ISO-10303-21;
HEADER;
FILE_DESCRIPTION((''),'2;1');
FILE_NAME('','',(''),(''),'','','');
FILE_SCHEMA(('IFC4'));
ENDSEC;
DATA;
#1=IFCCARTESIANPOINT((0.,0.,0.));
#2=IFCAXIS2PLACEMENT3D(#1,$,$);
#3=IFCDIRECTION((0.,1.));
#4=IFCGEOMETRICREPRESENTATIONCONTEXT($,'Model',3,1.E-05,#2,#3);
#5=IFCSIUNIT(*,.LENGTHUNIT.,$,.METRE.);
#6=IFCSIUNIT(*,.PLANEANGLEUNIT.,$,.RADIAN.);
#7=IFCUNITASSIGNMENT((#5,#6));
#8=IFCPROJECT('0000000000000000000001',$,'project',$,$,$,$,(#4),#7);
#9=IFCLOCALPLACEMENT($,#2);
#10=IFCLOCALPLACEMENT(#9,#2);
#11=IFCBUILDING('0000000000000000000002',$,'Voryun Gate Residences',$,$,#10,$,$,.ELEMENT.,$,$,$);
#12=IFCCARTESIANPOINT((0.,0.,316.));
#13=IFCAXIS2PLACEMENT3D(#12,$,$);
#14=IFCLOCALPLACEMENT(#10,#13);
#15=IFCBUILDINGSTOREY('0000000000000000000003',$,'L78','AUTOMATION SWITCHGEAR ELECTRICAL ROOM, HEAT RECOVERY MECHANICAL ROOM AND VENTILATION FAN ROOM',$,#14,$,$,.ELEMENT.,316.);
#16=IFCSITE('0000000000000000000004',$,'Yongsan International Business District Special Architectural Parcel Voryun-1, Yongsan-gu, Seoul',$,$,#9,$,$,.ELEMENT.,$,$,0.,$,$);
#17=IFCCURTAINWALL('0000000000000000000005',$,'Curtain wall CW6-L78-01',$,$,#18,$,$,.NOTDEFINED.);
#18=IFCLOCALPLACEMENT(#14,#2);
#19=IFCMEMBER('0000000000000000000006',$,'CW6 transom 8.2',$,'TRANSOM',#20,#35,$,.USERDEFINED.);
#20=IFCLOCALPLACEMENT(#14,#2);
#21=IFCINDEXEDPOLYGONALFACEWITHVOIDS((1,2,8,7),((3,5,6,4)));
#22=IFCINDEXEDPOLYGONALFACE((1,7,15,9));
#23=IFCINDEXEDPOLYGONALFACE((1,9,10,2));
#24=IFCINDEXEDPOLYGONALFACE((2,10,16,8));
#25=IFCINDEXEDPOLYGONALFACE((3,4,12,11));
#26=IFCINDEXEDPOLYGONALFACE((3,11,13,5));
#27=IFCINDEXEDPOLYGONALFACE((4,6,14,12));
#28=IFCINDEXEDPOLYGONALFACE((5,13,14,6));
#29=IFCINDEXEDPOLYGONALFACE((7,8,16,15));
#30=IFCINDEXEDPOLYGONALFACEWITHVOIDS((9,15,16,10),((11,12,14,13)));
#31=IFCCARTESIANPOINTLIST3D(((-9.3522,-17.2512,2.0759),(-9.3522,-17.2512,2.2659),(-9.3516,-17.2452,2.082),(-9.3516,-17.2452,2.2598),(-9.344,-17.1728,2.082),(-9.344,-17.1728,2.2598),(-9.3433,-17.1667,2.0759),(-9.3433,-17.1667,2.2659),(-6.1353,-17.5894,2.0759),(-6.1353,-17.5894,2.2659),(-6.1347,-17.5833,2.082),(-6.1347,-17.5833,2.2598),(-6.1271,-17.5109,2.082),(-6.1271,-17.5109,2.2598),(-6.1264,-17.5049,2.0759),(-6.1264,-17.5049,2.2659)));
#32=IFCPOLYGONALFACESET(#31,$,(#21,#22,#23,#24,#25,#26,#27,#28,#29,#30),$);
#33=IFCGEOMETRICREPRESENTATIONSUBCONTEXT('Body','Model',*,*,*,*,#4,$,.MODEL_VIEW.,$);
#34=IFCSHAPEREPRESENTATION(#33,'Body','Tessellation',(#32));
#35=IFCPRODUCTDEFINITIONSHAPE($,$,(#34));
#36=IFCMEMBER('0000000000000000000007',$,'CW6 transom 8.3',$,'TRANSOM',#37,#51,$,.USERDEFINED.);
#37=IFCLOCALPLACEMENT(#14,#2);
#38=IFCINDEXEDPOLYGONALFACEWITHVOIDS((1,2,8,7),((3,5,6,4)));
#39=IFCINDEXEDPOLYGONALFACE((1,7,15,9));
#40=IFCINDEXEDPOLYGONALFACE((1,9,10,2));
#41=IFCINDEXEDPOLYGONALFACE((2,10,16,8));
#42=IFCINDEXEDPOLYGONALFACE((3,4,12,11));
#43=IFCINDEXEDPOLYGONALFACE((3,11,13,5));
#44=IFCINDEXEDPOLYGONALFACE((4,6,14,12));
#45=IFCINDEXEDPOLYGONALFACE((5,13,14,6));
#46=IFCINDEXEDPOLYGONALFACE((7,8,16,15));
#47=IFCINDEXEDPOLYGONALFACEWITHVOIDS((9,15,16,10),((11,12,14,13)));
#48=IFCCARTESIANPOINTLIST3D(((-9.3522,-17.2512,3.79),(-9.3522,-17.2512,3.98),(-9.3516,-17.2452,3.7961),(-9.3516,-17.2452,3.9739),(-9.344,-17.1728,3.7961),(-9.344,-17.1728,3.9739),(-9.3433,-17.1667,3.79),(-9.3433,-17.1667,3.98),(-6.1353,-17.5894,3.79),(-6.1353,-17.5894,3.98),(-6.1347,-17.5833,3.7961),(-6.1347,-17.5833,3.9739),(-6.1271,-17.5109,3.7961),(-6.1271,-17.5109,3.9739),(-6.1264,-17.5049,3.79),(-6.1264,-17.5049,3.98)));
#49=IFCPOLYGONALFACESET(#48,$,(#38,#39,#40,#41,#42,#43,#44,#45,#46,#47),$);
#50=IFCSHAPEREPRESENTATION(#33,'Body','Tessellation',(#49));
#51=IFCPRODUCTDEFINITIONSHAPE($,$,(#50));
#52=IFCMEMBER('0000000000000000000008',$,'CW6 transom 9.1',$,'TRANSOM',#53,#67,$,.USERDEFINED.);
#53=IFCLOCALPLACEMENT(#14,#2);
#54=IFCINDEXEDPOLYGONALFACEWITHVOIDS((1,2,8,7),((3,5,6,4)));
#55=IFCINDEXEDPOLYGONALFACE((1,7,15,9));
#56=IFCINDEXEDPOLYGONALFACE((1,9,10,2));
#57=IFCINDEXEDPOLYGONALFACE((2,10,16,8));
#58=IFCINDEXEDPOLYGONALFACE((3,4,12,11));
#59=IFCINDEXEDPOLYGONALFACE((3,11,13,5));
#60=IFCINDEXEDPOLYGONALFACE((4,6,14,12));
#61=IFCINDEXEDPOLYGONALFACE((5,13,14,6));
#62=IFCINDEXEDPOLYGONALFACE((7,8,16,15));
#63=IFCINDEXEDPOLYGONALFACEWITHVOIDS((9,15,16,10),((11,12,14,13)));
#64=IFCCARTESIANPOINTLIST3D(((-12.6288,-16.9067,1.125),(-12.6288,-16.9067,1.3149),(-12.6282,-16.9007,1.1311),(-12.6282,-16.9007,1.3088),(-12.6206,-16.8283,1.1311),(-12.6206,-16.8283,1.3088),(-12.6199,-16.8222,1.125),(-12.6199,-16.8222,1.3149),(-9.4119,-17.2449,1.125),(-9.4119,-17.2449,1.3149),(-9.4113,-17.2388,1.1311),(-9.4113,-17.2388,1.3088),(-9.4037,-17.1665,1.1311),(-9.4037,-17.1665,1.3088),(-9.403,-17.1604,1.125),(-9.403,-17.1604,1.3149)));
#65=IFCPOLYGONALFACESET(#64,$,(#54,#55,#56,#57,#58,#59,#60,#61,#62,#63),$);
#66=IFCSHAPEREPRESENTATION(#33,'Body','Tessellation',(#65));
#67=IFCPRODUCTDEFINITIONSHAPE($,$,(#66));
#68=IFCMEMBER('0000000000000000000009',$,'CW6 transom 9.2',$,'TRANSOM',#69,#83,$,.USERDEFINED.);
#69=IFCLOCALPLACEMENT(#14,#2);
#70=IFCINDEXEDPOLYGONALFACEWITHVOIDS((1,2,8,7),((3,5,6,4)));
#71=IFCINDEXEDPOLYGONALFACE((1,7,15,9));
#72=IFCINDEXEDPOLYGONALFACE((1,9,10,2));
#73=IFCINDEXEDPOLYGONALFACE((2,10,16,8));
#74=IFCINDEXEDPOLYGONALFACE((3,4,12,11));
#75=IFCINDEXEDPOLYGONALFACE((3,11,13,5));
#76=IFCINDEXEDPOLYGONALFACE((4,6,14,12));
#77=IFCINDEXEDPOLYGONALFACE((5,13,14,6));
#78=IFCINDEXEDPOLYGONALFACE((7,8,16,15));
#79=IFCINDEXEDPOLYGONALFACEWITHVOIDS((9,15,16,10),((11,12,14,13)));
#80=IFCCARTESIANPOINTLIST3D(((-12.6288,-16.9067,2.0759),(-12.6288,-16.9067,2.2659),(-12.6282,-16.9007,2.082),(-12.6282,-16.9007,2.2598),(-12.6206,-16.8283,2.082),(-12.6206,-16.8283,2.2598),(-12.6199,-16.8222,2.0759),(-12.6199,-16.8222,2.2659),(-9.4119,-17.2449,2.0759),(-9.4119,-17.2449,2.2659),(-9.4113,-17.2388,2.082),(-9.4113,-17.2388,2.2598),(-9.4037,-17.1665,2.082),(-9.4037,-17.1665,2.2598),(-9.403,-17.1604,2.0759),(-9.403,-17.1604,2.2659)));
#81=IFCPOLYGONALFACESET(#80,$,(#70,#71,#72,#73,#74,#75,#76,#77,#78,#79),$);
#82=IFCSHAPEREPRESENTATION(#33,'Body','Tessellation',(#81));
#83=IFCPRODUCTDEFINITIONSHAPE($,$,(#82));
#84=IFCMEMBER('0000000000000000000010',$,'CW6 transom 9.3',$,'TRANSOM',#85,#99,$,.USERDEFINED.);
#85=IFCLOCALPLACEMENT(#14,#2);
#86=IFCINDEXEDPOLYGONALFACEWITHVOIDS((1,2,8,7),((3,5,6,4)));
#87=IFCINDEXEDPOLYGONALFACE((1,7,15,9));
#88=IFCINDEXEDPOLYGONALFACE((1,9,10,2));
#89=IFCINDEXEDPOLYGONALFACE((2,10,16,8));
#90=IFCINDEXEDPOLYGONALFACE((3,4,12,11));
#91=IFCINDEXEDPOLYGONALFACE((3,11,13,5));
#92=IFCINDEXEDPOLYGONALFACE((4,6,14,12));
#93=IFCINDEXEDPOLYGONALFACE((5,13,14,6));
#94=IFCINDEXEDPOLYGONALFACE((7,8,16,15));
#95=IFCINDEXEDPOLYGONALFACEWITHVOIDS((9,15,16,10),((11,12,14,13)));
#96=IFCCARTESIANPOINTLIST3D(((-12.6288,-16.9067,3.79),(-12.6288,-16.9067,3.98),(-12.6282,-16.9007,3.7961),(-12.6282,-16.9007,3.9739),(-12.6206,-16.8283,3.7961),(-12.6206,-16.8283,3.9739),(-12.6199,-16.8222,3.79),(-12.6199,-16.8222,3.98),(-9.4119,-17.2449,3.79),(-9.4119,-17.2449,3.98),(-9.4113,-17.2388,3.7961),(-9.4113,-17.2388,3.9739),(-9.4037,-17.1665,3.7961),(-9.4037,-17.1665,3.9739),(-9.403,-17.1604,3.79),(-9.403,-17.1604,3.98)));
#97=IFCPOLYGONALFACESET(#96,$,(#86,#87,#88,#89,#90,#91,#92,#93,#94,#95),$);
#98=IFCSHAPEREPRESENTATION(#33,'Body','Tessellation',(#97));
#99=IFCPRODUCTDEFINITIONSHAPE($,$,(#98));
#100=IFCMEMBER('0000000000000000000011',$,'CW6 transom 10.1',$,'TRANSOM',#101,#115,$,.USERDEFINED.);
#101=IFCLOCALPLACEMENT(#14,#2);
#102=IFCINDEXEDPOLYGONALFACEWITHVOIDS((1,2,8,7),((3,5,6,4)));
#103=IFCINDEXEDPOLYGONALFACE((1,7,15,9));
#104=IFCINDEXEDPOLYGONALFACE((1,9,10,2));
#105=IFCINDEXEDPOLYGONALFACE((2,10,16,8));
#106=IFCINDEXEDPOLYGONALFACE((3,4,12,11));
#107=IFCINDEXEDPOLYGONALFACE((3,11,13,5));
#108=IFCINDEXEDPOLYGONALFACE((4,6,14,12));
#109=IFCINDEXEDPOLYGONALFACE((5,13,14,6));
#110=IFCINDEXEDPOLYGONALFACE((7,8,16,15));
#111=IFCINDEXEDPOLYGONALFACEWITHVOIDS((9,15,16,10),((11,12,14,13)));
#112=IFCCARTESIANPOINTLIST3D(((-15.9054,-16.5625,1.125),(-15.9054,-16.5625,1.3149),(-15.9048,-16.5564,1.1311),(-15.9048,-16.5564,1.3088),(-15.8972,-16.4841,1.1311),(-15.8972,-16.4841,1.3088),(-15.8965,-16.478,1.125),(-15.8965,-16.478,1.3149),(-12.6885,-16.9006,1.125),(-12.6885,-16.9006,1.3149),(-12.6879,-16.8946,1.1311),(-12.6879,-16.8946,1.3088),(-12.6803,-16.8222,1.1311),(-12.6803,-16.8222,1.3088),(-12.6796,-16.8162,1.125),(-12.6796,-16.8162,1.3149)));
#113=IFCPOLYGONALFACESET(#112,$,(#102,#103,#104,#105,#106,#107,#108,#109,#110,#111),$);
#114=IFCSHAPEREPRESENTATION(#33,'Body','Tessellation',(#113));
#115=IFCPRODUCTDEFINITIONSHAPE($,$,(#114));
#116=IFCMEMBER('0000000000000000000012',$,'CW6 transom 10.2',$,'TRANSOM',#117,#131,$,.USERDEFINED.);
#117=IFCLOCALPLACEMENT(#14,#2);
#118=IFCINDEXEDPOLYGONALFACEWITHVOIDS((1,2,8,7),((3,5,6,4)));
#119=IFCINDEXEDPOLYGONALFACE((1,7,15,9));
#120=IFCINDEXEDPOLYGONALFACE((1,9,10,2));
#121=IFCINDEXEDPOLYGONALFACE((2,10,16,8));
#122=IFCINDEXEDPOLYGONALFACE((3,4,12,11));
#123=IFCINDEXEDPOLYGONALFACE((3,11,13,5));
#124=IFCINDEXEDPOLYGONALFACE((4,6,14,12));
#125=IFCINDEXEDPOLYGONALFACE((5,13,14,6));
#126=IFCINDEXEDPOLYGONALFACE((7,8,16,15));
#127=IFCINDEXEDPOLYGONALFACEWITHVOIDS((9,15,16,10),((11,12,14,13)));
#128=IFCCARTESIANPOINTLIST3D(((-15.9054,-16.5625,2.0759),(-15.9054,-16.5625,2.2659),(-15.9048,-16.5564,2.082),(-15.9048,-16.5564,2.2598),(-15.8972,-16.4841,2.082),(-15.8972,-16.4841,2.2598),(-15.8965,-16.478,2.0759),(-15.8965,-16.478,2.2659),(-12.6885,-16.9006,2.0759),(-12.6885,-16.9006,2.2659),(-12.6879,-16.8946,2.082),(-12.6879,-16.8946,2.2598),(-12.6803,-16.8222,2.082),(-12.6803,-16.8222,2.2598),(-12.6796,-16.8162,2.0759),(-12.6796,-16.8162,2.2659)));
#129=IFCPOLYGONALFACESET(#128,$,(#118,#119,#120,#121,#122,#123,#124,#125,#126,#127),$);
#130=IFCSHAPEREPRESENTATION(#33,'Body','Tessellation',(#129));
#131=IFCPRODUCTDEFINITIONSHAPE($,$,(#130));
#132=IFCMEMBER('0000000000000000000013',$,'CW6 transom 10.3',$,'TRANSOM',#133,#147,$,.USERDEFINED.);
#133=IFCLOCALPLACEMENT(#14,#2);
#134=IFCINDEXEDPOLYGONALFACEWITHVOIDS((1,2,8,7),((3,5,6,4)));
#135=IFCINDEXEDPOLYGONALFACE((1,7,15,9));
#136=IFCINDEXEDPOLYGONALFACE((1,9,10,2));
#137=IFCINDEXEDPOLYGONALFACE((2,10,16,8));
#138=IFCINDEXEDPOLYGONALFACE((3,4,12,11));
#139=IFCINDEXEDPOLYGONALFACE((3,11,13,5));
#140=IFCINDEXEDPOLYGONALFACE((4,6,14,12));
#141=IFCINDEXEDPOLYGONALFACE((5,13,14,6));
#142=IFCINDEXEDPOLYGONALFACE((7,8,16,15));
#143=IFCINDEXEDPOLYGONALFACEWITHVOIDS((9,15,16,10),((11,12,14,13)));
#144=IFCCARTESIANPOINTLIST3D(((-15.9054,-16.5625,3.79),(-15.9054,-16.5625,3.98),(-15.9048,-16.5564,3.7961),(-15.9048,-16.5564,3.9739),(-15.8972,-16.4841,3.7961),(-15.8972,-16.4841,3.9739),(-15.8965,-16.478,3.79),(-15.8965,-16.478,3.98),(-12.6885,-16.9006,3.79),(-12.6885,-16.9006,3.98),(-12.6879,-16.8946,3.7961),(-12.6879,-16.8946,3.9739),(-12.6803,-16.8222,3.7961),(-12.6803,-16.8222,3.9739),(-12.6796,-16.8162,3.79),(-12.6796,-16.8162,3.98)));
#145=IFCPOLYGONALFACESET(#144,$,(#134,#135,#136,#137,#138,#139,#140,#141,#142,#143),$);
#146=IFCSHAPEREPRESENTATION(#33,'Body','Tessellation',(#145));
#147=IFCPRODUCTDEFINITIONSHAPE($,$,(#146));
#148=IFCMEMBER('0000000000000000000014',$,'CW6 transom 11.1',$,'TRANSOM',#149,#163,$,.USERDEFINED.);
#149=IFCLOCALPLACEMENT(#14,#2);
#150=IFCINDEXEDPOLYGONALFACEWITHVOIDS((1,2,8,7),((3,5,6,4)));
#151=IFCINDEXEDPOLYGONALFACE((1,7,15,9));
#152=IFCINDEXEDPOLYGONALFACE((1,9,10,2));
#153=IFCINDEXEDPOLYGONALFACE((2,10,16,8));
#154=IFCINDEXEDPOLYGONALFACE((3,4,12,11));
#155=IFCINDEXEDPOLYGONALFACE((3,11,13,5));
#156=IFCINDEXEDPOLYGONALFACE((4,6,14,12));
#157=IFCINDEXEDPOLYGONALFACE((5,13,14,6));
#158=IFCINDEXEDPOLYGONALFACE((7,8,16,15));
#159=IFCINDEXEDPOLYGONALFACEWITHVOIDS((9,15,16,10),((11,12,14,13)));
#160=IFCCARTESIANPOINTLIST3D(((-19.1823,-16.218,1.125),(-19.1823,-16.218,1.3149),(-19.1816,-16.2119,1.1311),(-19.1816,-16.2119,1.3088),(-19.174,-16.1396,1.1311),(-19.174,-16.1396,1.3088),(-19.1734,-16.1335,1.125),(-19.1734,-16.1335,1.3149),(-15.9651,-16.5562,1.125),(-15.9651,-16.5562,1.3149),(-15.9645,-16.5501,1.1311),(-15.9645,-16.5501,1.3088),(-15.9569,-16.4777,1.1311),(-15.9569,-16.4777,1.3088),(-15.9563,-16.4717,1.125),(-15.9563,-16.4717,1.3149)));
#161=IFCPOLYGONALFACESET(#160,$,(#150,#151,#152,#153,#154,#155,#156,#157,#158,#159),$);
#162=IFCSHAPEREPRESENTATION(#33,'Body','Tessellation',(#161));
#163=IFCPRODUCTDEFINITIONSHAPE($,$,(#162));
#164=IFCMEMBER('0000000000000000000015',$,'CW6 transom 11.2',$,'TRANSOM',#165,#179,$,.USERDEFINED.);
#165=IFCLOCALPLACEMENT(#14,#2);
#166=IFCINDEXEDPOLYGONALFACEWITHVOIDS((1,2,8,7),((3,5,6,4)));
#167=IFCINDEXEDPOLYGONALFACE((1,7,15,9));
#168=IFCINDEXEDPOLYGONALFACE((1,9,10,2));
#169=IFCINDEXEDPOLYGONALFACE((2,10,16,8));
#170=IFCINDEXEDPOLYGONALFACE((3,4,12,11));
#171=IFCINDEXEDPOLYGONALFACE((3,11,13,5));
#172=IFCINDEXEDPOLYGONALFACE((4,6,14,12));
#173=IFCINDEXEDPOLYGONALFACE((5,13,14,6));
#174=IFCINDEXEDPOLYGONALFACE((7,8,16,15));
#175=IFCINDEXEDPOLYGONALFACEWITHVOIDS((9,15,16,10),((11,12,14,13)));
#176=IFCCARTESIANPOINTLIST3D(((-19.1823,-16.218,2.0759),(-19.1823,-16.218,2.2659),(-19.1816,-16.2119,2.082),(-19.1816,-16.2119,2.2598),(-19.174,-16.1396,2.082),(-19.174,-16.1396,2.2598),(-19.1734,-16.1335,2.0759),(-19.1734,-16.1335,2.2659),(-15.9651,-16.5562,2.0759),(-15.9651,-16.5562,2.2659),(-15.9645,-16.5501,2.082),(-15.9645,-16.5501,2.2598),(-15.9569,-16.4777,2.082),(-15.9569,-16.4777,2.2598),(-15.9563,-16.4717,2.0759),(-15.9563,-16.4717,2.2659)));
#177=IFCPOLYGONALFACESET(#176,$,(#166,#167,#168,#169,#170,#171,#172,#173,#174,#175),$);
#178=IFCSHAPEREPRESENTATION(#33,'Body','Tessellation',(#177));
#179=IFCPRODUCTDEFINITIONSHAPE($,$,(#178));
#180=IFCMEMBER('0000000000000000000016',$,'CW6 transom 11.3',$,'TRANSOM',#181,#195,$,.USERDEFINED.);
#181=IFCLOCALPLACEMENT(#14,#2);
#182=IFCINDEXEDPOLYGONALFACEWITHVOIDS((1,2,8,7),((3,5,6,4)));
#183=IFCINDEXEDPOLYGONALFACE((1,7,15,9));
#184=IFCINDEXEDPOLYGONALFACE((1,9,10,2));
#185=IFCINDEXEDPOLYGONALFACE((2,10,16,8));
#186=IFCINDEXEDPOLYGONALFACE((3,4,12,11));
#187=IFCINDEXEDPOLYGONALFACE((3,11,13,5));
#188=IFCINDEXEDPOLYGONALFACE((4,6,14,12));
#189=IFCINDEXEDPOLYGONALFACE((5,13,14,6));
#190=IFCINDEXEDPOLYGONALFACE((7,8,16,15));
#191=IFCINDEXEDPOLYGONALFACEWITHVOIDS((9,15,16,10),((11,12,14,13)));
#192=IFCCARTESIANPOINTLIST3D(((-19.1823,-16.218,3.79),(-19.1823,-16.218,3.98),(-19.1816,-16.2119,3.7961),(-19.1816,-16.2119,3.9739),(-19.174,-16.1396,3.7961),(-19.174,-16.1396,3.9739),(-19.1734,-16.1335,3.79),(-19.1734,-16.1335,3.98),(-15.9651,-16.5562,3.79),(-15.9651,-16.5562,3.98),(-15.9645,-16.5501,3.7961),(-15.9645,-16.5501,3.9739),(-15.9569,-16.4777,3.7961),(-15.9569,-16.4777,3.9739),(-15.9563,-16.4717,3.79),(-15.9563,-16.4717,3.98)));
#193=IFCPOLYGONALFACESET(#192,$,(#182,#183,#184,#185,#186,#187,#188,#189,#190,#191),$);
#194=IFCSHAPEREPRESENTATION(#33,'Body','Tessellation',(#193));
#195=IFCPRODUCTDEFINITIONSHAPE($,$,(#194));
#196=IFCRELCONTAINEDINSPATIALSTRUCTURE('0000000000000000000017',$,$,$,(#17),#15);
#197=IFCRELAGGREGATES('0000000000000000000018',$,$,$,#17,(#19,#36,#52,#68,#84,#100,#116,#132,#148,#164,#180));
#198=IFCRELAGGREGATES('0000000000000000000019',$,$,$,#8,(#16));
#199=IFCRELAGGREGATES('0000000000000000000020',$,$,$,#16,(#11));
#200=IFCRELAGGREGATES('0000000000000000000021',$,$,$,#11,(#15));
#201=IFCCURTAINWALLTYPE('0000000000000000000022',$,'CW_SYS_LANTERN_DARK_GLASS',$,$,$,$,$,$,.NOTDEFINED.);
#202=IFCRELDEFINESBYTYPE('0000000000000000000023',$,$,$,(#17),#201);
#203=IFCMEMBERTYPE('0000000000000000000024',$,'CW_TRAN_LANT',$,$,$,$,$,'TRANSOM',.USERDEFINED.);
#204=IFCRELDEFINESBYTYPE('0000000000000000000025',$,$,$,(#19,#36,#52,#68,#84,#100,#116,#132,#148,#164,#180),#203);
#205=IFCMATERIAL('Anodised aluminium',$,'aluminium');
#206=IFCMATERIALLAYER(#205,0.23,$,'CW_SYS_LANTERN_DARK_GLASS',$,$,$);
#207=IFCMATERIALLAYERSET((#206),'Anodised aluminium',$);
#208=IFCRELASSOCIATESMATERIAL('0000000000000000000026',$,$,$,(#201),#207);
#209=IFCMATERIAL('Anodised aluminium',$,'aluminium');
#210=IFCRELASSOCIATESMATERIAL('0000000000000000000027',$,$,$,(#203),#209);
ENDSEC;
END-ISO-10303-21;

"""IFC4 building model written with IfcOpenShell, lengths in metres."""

from ifc_helpers import new_model, si_unit, direction, frame, origin, origin_2d, place, context, subcontext, project, spatial, hollow_rectangle, extrude, material, layer, layer_set, material_profile, profile_set, type_object, element, aggregate, save


model = new_model("IFC4")

# Units and contexts
model_context = context("Model", 3, precision=1e-05, world=origin(), true_north=direction((0.0, 1.0)))
body_context = subcontext(model_context, "Body", "Model", "MODEL_VIEW")
ifc_project = project(units=[si_unit("LENGTHUNIT", "METRE"), si_unit("PLANEANGLEUNIT", "RADIAN")], contexts=[model_context])

# Site, building, storey
site_placement = place(None, origin())
site = spatial("IfcSite", under=ifc_project, at=site_placement, Name="Yongsan International Business District Special Architectural Parcel Voryun-1, Yongsan-gu, Seoul", CompositionType="ELEMENT", RefElevation=0.0)
building_placement = place(site_placement, origin())
building = spatial("IfcBuilding", under=site, at=building_placement, Name="Voryun Gate Residences", CompositionType="ELEMENT")
storey_placement = place(building_placement, frame((0.0, 0.0, 316.0)))
storey = spatial("IfcBuildingStorey", under=building, at=storey_placement, Name="L78", Description="AUTOMATION SWITCHGEAR ELECTRICAL ROOM, HEAT RECOVERY MECHANICAL ROOM AND VENTILATION FAN ROOM", CompositionType="ELEMENT", Elevation=316.0)

# Curtain wall, members
ifc_material_1 = material(Name="Anodised aluminium", Category="aluminium")
ifc_layer_1 = layer(ifc_material_1, 0.23, Name="CW_SYS_LANTERN_DARK_GLASS")
ifc_layer_set_1 = layer_set([ifc_layer_1], Name="Anodised aluminium")
curtain_wall_type = type_object("IfcCurtainWallType", Name="CW_SYS_LANTERN_DARK_GLASS", PredefinedType="NOTDEFINED", material=ifc_layer_set_1)
curtain_wall_placement = place(storey_placement, origin())
curtain_wall = element("IfcCurtainWall", 1, at=curtain_wall_placement, inside=storey, type_object=curtain_wall_type, Name="Curtain wall CW6-L78-01", PredefinedType="NOTDEFINED")
ifc_material_2 = material(Name="Anodised aluminium", Category="aluminium")
ifc_material_profile_1 = material_profile(ifc_material_2, hollow_rectangle(XDim=0.085, YDim=0.1899, WallThickness=0.0061, at=origin_2d()), Name="ALU-TRAN-190x85x6")
ifc_profile_set_1 = profile_set([ifc_material_profile_1], Name="Anodised aluminium")
member_type_1 = type_object("IfcMemberType", Name="CW_TRAN_LANT", ElementType="TRANSOM", PredefinedType="USERDEFINED", material=ifc_profile_set_1)
member_1_placement = place(storey_placement, frame((-6.1309, -17.5471, 2.1709), z_axis=(-0.994521, 0.104539, 0.0), x_axis=(-0.104539, -0.994521, 0.0)))
member_1 = element("IfcMember", 2, at=member_1_placement, type_object=member_type_1, Name="CW6 transom 8.2", ObjectType="TRANSOM", PredefinedType="USERDEFINED", context=body_context, shape_type="SweptSolid", body=[
    extrude(hollow_rectangle(XDim=0.085, YDim=0.1899, WallThickness=0.0061, at=origin_2d()), origin(), (0.0, 0.0, 1.0), 3.2346),
])
member_2_placement = place(storey_placement, frame((-6.1309, -17.5471, 3.885), z_axis=(-0.994521, 0.104539, 0.0), x_axis=(-0.104539, -0.994521, 0.0)))
member_2 = element("IfcMember", 3, at=member_2_placement, type_object=member_type_1, Name="CW6 transom 8.3", ObjectType="TRANSOM", PredefinedType="USERDEFINED", context=body_context, shape_type="SweptSolid", body=[
    extrude(hollow_rectangle(XDim=0.085, YDim=0.1899, WallThickness=0.0061, at=origin_2d()), origin(), (0.0, 0.0, 1.0), 3.2346),
])
member_3_placement = place(storey_placement, frame((-9.4075, -17.2026, 1.22), z_axis=(-0.994521, 0.104539, 0.0), x_axis=(-0.104539, -0.994521, 0.0)))
member_3 = element("IfcMember", 4, at=member_3_placement, type_object=member_type_1, Name="CW6 transom 9.1", ObjectType="TRANSOM", PredefinedType="USERDEFINED", context=body_context, shape_type="SweptSolid", body=[
    extrude(hollow_rectangle(XDim=0.085, YDim=0.1899, WallThickness=0.0061, at=origin_2d()), origin(), (0.0, 0.0, 1.0), 3.2346),
])
member_4_placement = place(storey_placement, frame((-9.4075, -17.2026, 2.1709), z_axis=(-0.994521, 0.104539, 0.0), x_axis=(-0.104539, -0.994521, 0.0)))
member_4 = element("IfcMember", 5, at=member_4_placement, type_object=member_type_1, Name="CW6 transom 9.2", ObjectType="TRANSOM", PredefinedType="USERDEFINED", context=body_context, shape_type="SweptSolid", body=[
    extrude(hollow_rectangle(XDim=0.085, YDim=0.1899, WallThickness=0.0061, at=origin_2d()), origin(), (0.0, 0.0, 1.0), 3.2346),
])
member_5_placement = place(storey_placement, frame((-9.4075, -17.2026, 3.885), z_axis=(-0.994521, 0.104539, 0.0), x_axis=(-0.104539, -0.994521, 0.0)))
member_5 = element("IfcMember", 6, at=member_5_placement, type_object=member_type_1, Name="CW6 transom 9.3", ObjectType="TRANSOM", PredefinedType="USERDEFINED", context=body_context, shape_type="SweptSolid", body=[
    extrude(hollow_rectangle(XDim=0.085, YDim=0.1899, WallThickness=0.0061, at=origin_2d()), origin(), (0.0, 0.0, 1.0), 3.2346),
])
member_6_placement = place(storey_placement, frame((-12.6841, -16.8584, 1.22), z_axis=(-0.994521, 0.104539, 0.0), x_axis=(-0.104539, -0.994521, 0.0)))
member_6 = element("IfcMember", 7, at=member_6_placement, type_object=member_type_1, Name="CW6 transom 10.1", ObjectType="TRANSOM", PredefinedType="USERDEFINED", context=body_context, shape_type="SweptSolid", body=[
    extrude(hollow_rectangle(XDim=0.085, YDim=0.1899, WallThickness=0.0061, at=origin_2d()), origin(), (0.0, 0.0, 1.0), 3.2346),
])
member_7_placement = place(storey_placement, frame((-12.6841, -16.8584, 2.1709), z_axis=(-0.994521, 0.104539, 0.0), x_axis=(-0.104539, -0.994521, 0.0)))
member_7 = element("IfcMember", 8, at=member_7_placement, type_object=member_type_1, Name="CW6 transom 10.2", ObjectType="TRANSOM", PredefinedType="USERDEFINED", context=body_context, shape_type="SweptSolid", body=[
    extrude(hollow_rectangle(XDim=0.085, YDim=0.1899, WallThickness=0.0061, at=origin_2d()), origin(), (0.0, 0.0, 1.0), 3.2346),
])
member_8_placement = place(storey_placement, frame((-12.6841, -16.8584, 3.885), z_axis=(-0.994521, 0.104539, 0.0), x_axis=(-0.104539, -0.994521, 0.0)))
member_8 = element("IfcMember", 9, at=member_8_placement, type_object=member_type_1, Name="CW6 transom 10.3", ObjectType="TRANSOM", PredefinedType="USERDEFINED", context=body_context, shape_type="SweptSolid", body=[
    extrude(hollow_rectangle(XDim=0.085, YDim=0.1899, WallThickness=0.0061, at=origin_2d()), origin(), (0.0, 0.0, 1.0), 3.2346),
])
member_9_placement = place(storey_placement, frame((-15.9607, -16.5139, 1.22), z_axis=(-0.994522, 0.104532, 0.0), x_axis=(-0.104532, -0.994522, 0.0)))
member_9 = element("IfcMember", 10, at=member_9_placement, type_object=member_type_1, Name="CW6 transom 11.1", ObjectType="TRANSOM", PredefinedType="USERDEFINED", context=body_context, shape_type="SweptSolid", body=[
    extrude(hollow_rectangle(XDim=0.085, YDim=0.1899, WallThickness=0.0061, at=origin_2d()), origin(), (0.0, 0.0, 1.0), 3.2349),
])
member_10_placement = place(storey_placement, frame((-15.9607, -16.5139, 2.1709), z_axis=(-0.994522, 0.104532, 0.0), x_axis=(-0.104532, -0.994522, 0.0)))
member_10 = element("IfcMember", 11, at=member_10_placement, type_object=member_type_1, Name="CW6 transom 11.2", ObjectType="TRANSOM", PredefinedType="USERDEFINED", context=body_context, shape_type="SweptSolid", body=[
    extrude(hollow_rectangle(XDim=0.085, YDim=0.1899, WallThickness=0.0061, at=origin_2d()), origin(), (0.0, 0.0, 1.0), 3.2349),
])
member_11_placement = place(storey_placement, frame((-15.9607, -16.5139, 3.885), z_axis=(-0.994522, 0.104532, 0.0), x_axis=(-0.104532, -0.994522, 0.0)))
member_11 = element("IfcMember", 12, at=member_11_placement, type_object=member_type_1, Name="CW6 transom 11.3", ObjectType="TRANSOM", PredefinedType="USERDEFINED", context=body_context, shape_type="SweptSolid", body=[
    extrude(hollow_rectangle(XDim=0.085, YDim=0.1899, WallThickness=0.0061, at=origin_2d()), origin(), (0.0, 0.0, 1.0), 3.2349),
])

aggregate(curtain_wall, [member_1, member_2, member_3, member_4, member_5, member_6, member_7, member_8, member_9, member_10, member_11])

save(model, "model.ifc")
